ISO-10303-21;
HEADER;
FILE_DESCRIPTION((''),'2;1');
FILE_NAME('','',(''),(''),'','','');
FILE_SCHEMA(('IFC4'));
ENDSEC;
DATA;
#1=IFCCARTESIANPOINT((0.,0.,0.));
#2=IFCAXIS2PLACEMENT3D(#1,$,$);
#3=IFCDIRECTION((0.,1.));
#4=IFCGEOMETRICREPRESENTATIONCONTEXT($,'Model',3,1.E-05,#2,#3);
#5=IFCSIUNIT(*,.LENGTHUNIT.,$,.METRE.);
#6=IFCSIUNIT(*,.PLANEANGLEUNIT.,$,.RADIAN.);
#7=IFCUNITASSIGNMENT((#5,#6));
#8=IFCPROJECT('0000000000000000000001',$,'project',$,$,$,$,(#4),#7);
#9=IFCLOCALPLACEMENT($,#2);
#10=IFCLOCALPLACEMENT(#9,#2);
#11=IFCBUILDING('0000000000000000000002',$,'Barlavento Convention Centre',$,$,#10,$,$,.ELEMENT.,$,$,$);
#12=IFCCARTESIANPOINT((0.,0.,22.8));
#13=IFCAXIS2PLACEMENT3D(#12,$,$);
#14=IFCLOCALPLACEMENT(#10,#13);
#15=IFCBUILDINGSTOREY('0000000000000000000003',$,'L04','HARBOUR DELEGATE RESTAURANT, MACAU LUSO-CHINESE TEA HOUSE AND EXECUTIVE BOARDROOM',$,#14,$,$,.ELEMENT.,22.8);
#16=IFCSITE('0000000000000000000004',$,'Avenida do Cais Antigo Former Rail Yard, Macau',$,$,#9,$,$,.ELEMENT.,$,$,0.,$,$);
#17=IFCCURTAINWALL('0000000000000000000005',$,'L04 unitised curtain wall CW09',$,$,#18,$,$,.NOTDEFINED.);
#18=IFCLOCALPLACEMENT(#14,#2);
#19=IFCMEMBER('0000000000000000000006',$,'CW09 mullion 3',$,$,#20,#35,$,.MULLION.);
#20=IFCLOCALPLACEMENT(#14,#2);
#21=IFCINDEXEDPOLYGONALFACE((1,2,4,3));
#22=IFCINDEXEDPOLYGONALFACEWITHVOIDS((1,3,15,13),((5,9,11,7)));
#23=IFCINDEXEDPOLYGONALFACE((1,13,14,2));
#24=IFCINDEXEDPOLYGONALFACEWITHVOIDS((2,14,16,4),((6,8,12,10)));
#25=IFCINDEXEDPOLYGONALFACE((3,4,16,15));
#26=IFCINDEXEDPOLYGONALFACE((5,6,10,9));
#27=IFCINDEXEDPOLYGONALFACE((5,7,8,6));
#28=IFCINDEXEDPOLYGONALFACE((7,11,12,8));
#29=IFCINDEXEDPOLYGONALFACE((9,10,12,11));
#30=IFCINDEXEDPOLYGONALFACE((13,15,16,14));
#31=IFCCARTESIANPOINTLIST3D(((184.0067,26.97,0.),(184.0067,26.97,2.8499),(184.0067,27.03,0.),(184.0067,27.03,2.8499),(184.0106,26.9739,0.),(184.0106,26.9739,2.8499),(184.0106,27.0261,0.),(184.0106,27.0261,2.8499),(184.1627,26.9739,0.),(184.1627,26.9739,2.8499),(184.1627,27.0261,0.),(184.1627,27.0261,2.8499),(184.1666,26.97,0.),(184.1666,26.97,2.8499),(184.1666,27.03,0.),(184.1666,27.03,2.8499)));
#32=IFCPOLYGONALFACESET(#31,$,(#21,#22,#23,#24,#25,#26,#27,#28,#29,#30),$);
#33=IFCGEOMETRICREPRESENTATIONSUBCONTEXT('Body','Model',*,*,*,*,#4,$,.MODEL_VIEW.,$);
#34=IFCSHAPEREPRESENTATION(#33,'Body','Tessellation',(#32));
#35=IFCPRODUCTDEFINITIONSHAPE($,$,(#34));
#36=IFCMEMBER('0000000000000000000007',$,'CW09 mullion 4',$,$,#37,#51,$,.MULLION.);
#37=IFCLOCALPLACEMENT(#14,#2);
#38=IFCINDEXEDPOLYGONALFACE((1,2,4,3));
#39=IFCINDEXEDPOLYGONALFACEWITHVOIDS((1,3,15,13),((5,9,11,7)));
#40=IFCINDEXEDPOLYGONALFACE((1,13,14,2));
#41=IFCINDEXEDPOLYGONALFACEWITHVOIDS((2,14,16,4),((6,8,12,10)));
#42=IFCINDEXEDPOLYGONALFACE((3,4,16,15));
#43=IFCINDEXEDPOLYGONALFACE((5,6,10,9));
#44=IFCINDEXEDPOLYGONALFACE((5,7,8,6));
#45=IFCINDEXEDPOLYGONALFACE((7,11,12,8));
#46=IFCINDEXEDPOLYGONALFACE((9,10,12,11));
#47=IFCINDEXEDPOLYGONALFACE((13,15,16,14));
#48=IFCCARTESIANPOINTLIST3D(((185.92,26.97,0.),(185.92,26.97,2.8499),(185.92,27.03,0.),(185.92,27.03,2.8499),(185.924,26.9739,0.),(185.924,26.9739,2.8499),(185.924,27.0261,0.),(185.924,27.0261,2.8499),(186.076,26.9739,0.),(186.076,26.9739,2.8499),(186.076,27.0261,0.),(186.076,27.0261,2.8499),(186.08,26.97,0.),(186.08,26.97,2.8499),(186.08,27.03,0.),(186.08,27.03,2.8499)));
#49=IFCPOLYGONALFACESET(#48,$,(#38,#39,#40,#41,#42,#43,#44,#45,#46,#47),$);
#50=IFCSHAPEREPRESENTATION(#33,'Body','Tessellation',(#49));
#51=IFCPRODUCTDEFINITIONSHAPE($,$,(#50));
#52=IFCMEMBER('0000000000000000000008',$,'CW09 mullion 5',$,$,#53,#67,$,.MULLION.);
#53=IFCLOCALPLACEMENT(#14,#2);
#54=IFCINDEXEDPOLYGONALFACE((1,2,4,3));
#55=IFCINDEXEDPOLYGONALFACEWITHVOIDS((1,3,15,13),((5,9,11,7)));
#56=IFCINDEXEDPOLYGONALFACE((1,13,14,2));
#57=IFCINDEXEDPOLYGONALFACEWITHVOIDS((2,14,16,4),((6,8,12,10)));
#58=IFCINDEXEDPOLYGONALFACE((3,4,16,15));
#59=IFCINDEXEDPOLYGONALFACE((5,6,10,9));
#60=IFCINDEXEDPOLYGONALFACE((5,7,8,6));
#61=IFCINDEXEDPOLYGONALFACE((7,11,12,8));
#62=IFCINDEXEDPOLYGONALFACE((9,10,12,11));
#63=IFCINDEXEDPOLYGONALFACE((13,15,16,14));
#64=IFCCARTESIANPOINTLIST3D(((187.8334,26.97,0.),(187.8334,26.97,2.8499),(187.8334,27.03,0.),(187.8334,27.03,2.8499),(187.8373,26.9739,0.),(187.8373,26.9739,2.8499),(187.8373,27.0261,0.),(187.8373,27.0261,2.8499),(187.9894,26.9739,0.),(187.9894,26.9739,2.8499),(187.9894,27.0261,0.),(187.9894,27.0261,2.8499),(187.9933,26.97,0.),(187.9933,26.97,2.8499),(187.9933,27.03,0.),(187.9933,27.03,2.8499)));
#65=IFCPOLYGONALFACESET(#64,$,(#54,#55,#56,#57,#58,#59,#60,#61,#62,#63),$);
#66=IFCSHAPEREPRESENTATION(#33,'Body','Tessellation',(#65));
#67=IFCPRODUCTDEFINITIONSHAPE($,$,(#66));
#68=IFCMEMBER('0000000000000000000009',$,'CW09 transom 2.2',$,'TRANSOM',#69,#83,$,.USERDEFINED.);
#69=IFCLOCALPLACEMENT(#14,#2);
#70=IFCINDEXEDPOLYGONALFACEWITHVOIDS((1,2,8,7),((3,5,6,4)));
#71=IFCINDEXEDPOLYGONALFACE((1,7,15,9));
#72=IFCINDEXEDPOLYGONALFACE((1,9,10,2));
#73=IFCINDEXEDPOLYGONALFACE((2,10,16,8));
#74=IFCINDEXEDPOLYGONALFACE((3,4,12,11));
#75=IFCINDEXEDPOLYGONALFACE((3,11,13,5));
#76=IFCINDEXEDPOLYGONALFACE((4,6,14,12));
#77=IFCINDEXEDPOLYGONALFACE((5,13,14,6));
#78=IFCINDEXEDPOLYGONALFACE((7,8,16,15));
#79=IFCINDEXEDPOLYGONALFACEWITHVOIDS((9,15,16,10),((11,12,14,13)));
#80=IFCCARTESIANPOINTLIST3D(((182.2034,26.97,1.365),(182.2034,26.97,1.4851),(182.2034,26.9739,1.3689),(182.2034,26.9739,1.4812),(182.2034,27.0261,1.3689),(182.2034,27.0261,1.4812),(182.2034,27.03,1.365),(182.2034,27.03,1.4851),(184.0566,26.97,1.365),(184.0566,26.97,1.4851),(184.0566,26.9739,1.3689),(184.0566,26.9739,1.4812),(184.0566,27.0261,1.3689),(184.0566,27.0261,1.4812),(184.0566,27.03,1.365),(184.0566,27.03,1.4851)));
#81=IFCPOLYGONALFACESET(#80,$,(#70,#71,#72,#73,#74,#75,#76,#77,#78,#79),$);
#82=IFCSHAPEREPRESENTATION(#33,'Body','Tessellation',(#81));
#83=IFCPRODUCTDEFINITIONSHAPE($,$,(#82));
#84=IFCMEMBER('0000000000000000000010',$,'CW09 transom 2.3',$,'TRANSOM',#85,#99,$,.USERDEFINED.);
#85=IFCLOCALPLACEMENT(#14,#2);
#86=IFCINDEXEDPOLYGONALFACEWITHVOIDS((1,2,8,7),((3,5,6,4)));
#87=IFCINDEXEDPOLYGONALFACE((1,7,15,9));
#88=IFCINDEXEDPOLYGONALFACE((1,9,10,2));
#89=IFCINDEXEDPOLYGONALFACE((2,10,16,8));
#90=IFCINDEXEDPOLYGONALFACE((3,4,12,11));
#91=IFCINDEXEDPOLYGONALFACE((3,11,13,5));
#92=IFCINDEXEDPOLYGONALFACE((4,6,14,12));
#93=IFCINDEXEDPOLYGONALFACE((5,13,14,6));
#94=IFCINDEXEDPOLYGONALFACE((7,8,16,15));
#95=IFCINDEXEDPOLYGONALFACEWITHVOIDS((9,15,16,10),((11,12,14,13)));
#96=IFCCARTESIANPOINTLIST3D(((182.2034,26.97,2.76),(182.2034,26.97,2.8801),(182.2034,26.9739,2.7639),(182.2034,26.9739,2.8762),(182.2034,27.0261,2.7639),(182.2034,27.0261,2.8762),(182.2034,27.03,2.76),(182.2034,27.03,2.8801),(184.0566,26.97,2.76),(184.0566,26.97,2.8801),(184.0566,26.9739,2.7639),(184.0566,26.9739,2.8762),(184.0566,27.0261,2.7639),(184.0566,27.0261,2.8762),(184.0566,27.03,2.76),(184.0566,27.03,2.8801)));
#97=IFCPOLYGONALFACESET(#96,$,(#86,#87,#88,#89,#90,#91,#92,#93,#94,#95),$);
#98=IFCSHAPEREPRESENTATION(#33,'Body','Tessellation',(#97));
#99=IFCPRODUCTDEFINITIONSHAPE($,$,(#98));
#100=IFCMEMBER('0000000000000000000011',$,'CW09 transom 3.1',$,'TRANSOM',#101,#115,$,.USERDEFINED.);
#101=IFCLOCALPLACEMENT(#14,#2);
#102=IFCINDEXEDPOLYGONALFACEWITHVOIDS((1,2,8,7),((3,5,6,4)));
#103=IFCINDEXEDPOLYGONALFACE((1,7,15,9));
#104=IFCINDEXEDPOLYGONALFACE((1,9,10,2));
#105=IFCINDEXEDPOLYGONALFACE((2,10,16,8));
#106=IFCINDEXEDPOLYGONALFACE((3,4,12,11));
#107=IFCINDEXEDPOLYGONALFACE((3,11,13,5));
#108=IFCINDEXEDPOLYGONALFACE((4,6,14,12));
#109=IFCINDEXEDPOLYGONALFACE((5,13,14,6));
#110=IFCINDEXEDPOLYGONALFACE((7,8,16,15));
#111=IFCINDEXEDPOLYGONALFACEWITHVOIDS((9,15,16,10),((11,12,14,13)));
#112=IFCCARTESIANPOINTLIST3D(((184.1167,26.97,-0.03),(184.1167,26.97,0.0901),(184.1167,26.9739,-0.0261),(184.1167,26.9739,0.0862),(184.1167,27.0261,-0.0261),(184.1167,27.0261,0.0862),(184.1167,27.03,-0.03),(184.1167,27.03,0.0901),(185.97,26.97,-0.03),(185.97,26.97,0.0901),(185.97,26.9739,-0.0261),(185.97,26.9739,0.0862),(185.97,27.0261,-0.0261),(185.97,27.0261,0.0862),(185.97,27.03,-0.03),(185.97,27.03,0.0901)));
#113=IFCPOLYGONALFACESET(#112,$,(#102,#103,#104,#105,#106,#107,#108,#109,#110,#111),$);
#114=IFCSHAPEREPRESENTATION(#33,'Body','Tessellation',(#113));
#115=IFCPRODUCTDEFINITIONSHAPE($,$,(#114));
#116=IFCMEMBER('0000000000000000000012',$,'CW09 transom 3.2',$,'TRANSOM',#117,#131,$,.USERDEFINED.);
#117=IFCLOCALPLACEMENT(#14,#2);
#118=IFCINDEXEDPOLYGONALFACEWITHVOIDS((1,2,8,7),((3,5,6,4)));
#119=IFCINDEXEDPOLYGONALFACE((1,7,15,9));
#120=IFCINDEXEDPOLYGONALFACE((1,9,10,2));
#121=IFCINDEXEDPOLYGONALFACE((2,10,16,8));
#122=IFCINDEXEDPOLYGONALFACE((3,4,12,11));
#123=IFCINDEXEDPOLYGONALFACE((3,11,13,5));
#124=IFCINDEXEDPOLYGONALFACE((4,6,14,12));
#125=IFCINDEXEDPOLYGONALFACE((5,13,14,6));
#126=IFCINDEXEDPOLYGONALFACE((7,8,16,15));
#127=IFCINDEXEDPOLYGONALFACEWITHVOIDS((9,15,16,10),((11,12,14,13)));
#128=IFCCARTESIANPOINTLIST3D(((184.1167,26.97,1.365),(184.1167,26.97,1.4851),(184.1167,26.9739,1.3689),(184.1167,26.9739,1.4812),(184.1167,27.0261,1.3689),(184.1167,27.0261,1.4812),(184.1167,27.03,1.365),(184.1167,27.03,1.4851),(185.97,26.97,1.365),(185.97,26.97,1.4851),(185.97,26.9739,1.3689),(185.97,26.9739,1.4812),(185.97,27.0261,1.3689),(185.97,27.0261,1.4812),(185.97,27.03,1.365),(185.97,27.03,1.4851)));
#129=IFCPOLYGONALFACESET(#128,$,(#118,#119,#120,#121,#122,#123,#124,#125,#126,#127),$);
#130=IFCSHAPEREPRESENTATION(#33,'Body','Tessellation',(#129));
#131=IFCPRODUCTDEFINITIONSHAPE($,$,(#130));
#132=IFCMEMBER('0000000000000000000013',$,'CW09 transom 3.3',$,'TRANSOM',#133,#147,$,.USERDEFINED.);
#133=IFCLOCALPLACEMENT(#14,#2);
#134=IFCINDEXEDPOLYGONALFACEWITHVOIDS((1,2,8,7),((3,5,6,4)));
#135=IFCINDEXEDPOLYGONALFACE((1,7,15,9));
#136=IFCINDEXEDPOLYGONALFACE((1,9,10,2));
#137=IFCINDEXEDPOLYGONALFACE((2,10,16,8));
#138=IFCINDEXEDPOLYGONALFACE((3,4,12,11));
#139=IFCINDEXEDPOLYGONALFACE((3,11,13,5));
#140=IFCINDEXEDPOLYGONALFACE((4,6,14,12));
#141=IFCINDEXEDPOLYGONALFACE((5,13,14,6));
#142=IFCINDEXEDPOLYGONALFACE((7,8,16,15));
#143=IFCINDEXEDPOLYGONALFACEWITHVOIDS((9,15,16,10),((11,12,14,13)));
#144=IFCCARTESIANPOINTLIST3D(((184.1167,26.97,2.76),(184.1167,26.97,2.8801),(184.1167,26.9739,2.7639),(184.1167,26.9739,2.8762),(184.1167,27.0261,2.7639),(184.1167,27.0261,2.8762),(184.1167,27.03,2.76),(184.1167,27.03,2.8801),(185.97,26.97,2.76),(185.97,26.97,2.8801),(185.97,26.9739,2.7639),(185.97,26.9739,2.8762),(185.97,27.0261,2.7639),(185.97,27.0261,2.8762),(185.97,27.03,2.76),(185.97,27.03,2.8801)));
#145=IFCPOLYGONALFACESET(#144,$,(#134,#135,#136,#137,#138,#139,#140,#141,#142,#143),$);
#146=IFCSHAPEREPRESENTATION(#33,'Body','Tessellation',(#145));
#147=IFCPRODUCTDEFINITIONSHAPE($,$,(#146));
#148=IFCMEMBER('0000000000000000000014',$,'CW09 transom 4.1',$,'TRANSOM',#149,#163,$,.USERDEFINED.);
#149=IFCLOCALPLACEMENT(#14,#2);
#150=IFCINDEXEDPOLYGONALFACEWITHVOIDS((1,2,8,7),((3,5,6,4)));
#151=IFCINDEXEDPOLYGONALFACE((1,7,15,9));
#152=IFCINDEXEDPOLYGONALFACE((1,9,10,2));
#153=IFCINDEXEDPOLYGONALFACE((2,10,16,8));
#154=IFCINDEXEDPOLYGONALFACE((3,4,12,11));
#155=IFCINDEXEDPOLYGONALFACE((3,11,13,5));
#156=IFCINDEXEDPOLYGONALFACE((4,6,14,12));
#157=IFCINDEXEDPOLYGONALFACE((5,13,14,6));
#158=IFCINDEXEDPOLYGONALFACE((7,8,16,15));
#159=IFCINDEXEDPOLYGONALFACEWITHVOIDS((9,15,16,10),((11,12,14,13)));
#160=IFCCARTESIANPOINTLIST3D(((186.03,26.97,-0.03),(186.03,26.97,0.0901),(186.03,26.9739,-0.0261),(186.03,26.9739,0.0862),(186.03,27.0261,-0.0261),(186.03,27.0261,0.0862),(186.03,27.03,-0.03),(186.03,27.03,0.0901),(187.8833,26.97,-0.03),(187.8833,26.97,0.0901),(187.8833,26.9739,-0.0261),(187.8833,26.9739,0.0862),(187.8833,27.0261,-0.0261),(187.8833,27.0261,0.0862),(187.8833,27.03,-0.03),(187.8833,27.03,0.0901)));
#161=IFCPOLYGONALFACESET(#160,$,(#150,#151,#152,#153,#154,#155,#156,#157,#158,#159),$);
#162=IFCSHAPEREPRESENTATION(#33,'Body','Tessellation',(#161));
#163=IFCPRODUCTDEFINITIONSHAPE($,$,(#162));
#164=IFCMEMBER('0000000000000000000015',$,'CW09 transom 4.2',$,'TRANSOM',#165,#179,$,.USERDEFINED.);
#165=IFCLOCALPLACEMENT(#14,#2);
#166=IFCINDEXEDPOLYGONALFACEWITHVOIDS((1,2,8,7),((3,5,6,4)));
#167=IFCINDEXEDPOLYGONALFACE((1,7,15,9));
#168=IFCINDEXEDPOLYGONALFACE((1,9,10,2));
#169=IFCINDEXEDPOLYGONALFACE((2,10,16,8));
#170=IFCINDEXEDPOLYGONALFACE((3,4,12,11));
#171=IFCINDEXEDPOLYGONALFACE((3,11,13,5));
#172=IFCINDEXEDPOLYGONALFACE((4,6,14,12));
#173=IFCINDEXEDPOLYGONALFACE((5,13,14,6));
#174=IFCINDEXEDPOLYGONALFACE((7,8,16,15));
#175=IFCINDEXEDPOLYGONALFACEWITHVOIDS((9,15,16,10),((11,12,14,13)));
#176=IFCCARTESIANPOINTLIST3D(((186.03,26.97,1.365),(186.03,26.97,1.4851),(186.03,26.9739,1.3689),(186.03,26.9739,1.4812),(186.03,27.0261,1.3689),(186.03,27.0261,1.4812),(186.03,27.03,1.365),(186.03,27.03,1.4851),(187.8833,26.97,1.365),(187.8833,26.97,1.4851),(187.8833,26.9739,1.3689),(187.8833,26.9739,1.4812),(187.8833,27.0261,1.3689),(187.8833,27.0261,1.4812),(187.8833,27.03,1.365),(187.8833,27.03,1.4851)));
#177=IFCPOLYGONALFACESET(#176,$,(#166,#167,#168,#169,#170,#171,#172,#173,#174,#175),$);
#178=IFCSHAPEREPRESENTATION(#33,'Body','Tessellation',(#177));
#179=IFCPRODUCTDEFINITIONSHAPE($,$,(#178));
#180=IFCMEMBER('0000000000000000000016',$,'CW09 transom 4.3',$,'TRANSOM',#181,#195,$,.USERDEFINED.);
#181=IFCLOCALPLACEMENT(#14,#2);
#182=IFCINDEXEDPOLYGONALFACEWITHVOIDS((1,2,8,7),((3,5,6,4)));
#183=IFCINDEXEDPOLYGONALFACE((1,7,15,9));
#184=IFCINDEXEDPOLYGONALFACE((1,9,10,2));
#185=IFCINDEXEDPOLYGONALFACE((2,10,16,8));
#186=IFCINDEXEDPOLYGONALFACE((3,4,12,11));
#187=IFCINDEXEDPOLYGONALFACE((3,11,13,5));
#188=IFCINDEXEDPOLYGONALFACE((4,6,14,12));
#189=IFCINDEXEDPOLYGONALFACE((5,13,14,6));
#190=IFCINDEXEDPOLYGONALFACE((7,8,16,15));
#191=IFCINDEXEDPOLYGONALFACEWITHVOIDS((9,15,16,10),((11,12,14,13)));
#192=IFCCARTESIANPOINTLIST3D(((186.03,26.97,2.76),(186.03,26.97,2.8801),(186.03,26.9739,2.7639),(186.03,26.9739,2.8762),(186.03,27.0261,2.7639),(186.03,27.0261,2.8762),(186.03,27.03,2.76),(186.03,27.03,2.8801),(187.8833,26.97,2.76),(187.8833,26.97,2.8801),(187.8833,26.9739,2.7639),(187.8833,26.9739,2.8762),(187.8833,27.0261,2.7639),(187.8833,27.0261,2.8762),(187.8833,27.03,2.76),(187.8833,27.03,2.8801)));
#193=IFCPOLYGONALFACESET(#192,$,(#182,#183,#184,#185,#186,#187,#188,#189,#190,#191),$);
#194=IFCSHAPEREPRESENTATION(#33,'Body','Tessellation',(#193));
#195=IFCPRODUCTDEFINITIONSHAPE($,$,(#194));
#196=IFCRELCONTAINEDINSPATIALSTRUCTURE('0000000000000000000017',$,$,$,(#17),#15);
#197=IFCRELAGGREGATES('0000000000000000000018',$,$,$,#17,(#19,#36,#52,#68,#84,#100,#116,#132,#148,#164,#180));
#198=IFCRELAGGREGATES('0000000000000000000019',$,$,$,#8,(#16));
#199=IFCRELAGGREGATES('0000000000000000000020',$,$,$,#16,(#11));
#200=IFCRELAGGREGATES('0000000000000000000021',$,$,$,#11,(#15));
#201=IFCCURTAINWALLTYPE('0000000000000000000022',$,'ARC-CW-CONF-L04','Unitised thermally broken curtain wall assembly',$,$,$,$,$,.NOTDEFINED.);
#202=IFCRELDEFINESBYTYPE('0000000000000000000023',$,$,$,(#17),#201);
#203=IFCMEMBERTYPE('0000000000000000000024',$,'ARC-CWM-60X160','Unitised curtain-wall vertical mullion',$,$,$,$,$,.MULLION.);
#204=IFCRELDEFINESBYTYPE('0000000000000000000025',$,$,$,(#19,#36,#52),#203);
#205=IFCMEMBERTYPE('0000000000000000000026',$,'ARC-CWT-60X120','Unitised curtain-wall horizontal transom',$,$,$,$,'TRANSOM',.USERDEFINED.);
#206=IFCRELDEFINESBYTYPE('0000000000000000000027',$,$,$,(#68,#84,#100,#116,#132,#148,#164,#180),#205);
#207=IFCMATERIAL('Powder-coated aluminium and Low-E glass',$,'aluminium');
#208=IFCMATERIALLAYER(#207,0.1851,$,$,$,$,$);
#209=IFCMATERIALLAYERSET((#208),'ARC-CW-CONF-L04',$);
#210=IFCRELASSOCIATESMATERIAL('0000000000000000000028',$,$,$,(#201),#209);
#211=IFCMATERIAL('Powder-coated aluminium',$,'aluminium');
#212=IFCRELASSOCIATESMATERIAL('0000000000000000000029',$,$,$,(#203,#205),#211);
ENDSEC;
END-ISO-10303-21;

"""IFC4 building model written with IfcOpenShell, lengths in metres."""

from ifc_helpers import new_model, si_unit, direction, frame, origin, origin_2d, place, context, subcontext, project, spatial, hollow_rectangle, extrude, material, layer, layer_set, material_profile, profile_set, type_object, element, aggregate, save


model = new_model("IFC4")

# Units and contexts
model_context = context("Model", 3, precision=1e-05, world=origin(), true_north=direction((0.0, 1.0)))
body_context = subcontext(model_context, "Body", "Model", "MODEL_VIEW")
ifc_project = project(units=[si_unit("LENGTHUNIT", "METRE"), si_unit("PLANEANGLEUNIT", "RADIAN")], contexts=[model_context])

# Site, building, storey
site_placement = place(None, origin())
site = spatial("IfcSite", under=ifc_project, at=site_placement, Name="Avenida do Cais Antigo Former Rail Yard, Macau", CompositionType="ELEMENT", RefElevation=0.0)
building_placement = place(site_placement, origin())
building = spatial("IfcBuilding", under=site, at=building_placement, Name="Barlavento Convention Centre", CompositionType="ELEMENT")
storey_placement = place(building_placement, frame((0.0, 0.0, 22.8)))
storey = spatial("IfcBuildingStorey", under=building, at=storey_placement, Name="L04", Description="HARBOUR DELEGATE RESTAURANT, MACAU LUSO-CHINESE TEA HOUSE AND EXECUTIVE BOARDROOM", CompositionType="ELEMENT", Elevation=22.8)

# Curtain wall, members
ifc_material_1 = material(Name="Powder-coated aluminium and Low-E glass", Category="aluminium")
ifc_layer_1 = layer(ifc_material_1, 0.1851)
ifc_layer_set_1 = layer_set([ifc_layer_1], Name="ARC-CW-CONF-L04")
curtain_wall_type = type_object("IfcCurtainWallType", Name="ARC-CW-CONF-L04", Description="Unitised thermally broken curtain wall assembly", PredefinedType="NOTDEFINED", material=ifc_layer_set_1)
curtain_wall_placement = place(storey_placement, origin())
curtain_wall = element("IfcCurtainWall", 1, at=curtain_wall_placement, inside=storey, type_object=curtain_wall_type, Name="L04 unitised curtain wall CW09", PredefinedType="NOTDEFINED")
ifc_material_2 = material(Name="Powder-coated aluminium", Category="aluminium")
ifc_material_profile_1 = material_profile(ifc_material_2, hollow_rectangle(XDim=0.0601, YDim=0.1599, WallThickness=0.0039, at=origin_2d()), Name="AL-MULL 60x160x4")
ifc_profile_set_1 = profile_set([ifc_material_profile_1], Name="Powder-coated aluminium")
member_type_1 = type_object("IfcMemberType", Name="ARC-CWM-60X160", Description="Unitised curtain-wall vertical mullion", PredefinedType="MULLION", material=ifc_profile_set_1)
member_1_placement = place(storey_placement, frame((184.0867, 27.0, 0.0), z_axis=(0.0, 0.0, 1.0), x_axis=(0.0, 1.0, 0.0)))
member_1 = element("IfcMember", 2, at=member_1_placement, type_object=member_type_1, Name="CW09 mullion 3", PredefinedType="MULLION", context=body_context, shape_type="SweptSolid", body=[
    extrude(hollow_rectangle(XDim=0.0601, YDim=0.1599, WallThickness=0.0039, at=origin_2d()), origin(), (0.0, 0.0, 1.0), 2.8499),
])
member_2_placement = place(storey_placement, frame((186.0, 27.0, 0.0), z_axis=(0.0, 0.0, 1.0), x_axis=(0.0, 1.0, 0.0)))
member_2 = element("IfcMember", 3, at=member_2_placement, type_object=member_type_1, Name="CW09 mullion 4", PredefinedType="MULLION", context=body_context, shape_type="SweptSolid", body=[
    extrude(hollow_rectangle(XDim=0.0601, YDim=0.1599, WallThickness=0.0039, at=origin_2d()), origin(), (0.0, 0.0, 1.0), 2.8499),
])
member_3_placement = place(storey_placement, frame((187.9133, 27.0, 0.0), z_axis=(0.0, 0.0, 1.0), x_axis=(0.0, 1.0, 0.0)))
member_3 = element("IfcMember", 4, at=member_3_placement, type_object=member_type_1, Name="CW09 mullion 5", PredefinedType="MULLION", context=body_context, shape_type="SweptSolid", body=[
    extrude(hollow_rectangle(XDim=0.0601, YDim=0.1599, WallThickness=0.0039, at=origin_2d()), origin(), (0.0, 0.0, 1.0), 2.8499),
])
ifc_material_profile_2 = material_profile(ifc_material_2, hollow_rectangle(XDim=0.0601, YDim=0.1201, WallThickness=0.0039, at=origin_2d()), Name="AL-TRAN 60x120x4")
ifc_profile_set_2 = profile_set([ifc_material_profile_2], Name="Powder-coated aluminium")
member_type_2 = type_object("IfcMemberType", Name="ARC-CWT-60X120", Description="Unitised curtain-wall horizontal transom", ElementType="TRANSOM", PredefinedType="USERDEFINED", material=ifc_profile_set_2)
member_4_placement = place(storey_placement, frame((182.2034, 27.0, 1.425), z_axis=(1.0, 0.0, 0.0), x_axis=(0.0, 1.0, 0.0)))
member_4 = element("IfcMember", 5, at=member_4_placement, type_object=member_type_2, Name="CW09 transom 2.2", ObjectType="TRANSOM", PredefinedType="USERDEFINED", context=body_context, shape_type="SweptSolid", body=[
    extrude(hollow_rectangle(XDim=0.0601, YDim=0.1201, WallThickness=0.0039, at=origin_2d()), origin(), (0.0, 0.0, 1.0), 1.8533),
])
member_5_placement = place(storey_placement, frame((182.2034, 27.0, 2.8201), z_axis=(1.0, 0.0, 0.0), x_axis=(0.0, 1.0, 0.0)))
member_5 = element("IfcMember", 6, at=member_5_placement, type_object=member_type_2, Name="CW09 transom 2.3", ObjectType="TRANSOM", PredefinedType="USERDEFINED", context=body_context, shape_type="SweptSolid", body=[
    extrude(hollow_rectangle(XDim=0.0601, YDim=0.1201, WallThickness=0.0039, at=origin_2d()), origin(), (0.0, 0.0, 1.0), 1.8533),
])
member_6_placement = place(storey_placement, frame((184.1167, 27.0, 0.03), z_axis=(1.0, 0.0, 0.0), x_axis=(0.0, 1.0, 0.0)))
member_6 = element("IfcMember", 7, at=member_6_placement, type_object=member_type_2, Name="CW09 transom 3.1", ObjectType="TRANSOM", PredefinedType="USERDEFINED", context=body_context, shape_type="SweptSolid", body=[
    extrude(hollow_rectangle(XDim=0.0601, YDim=0.1201, WallThickness=0.0039, at=origin_2d()), origin(), (0.0, 0.0, 1.0), 1.8533),
])
member_7_placement = place(storey_placement, frame((184.1167, 27.0, 1.425), z_axis=(1.0, 0.0, 0.0), x_axis=(0.0, 1.0, 0.0)))
member_7 = element("IfcMember", 8, at=member_7_placement, type_object=member_type_2, Name="CW09 transom 3.2", ObjectType="TRANSOM", PredefinedType="USERDEFINED", context=body_context, shape_type="SweptSolid", body=[
    extrude(hollow_rectangle(XDim=0.0601, YDim=0.1201, WallThickness=0.0039, at=origin_2d()), origin(), (0.0, 0.0, 1.0), 1.8533),
])
member_8_placement = place(storey_placement, frame((184.1167, 27.0, 2.8201), z_axis=(1.0, 0.0, 0.0), x_axis=(0.0, 1.0, 0.0)))
member_8 = element("IfcMember", 9, at=member_8_placement, type_object=member_type_2, Name="CW09 transom 3.3", ObjectType="TRANSOM", PredefinedType="USERDEFINED", context=body_context, shape_type="SweptSolid", body=[
    extrude(hollow_rectangle(XDim=0.0601, YDim=0.1201, WallThickness=0.0039, at=origin_2d()), origin(), (0.0, 0.0, 1.0), 1.8533),
])
member_9_placement = place(storey_placement, frame((186.03, 27.0, 0.03), z_axis=(1.0, 0.0, 0.0), x_axis=(0.0, 1.0, 0.0)))
member_9 = element("IfcMember", 10, at=member_9_placement, type_object=member_type_2, Name="CW09 transom 4.1", ObjectType="TRANSOM", PredefinedType="USERDEFINED", context=body_context, shape_type="SweptSolid", body=[
    extrude(hollow_rectangle(XDim=0.0601, YDim=0.1201, WallThickness=0.0039, at=origin_2d()), origin(), (0.0, 0.0, 1.0), 1.8533),
])
member_10_placement = place(storey_placement, frame((186.03, 27.0, 1.425), z_axis=(1.0, 0.0, 0.0), x_axis=(0.0, 1.0, 0.0)))
member_10 = element("IfcMember", 11, at=member_10_placement, type_object=member_type_2, Name="CW09 transom 4.2", ObjectType="TRANSOM", PredefinedType="USERDEFINED", context=body_context, shape_type="SweptSolid", body=[
    extrude(hollow_rectangle(XDim=0.0601, YDim=0.1201, WallThickness=0.0039, at=origin_2d()), origin(), (0.0, 0.0, 1.0), 1.8533),
])
member_11_placement = place(storey_placement, frame((186.03, 27.0, 2.8201), z_axis=(1.0, 0.0, 0.0), x_axis=(0.0, 1.0, 0.0)))
member_11 = element("IfcMember", 12, at=member_11_placement, type_object=member_type_2, Name="CW09 transom 4.3", ObjectType="TRANSOM", PredefinedType="USERDEFINED", context=body_context, shape_type="SweptSolid", body=[
    extrude(hollow_rectangle(XDim=0.0601, YDim=0.1201, WallThickness=0.0039, at=origin_2d()), origin(), (0.0, 0.0, 1.0), 1.8533),
])
aggregate(curtain_wall, [member_1, member_2, member_3, member_4, member_5, member_6, member_7, member_8, member_9, member_10, member_11])

save(model, "model.ifc")
